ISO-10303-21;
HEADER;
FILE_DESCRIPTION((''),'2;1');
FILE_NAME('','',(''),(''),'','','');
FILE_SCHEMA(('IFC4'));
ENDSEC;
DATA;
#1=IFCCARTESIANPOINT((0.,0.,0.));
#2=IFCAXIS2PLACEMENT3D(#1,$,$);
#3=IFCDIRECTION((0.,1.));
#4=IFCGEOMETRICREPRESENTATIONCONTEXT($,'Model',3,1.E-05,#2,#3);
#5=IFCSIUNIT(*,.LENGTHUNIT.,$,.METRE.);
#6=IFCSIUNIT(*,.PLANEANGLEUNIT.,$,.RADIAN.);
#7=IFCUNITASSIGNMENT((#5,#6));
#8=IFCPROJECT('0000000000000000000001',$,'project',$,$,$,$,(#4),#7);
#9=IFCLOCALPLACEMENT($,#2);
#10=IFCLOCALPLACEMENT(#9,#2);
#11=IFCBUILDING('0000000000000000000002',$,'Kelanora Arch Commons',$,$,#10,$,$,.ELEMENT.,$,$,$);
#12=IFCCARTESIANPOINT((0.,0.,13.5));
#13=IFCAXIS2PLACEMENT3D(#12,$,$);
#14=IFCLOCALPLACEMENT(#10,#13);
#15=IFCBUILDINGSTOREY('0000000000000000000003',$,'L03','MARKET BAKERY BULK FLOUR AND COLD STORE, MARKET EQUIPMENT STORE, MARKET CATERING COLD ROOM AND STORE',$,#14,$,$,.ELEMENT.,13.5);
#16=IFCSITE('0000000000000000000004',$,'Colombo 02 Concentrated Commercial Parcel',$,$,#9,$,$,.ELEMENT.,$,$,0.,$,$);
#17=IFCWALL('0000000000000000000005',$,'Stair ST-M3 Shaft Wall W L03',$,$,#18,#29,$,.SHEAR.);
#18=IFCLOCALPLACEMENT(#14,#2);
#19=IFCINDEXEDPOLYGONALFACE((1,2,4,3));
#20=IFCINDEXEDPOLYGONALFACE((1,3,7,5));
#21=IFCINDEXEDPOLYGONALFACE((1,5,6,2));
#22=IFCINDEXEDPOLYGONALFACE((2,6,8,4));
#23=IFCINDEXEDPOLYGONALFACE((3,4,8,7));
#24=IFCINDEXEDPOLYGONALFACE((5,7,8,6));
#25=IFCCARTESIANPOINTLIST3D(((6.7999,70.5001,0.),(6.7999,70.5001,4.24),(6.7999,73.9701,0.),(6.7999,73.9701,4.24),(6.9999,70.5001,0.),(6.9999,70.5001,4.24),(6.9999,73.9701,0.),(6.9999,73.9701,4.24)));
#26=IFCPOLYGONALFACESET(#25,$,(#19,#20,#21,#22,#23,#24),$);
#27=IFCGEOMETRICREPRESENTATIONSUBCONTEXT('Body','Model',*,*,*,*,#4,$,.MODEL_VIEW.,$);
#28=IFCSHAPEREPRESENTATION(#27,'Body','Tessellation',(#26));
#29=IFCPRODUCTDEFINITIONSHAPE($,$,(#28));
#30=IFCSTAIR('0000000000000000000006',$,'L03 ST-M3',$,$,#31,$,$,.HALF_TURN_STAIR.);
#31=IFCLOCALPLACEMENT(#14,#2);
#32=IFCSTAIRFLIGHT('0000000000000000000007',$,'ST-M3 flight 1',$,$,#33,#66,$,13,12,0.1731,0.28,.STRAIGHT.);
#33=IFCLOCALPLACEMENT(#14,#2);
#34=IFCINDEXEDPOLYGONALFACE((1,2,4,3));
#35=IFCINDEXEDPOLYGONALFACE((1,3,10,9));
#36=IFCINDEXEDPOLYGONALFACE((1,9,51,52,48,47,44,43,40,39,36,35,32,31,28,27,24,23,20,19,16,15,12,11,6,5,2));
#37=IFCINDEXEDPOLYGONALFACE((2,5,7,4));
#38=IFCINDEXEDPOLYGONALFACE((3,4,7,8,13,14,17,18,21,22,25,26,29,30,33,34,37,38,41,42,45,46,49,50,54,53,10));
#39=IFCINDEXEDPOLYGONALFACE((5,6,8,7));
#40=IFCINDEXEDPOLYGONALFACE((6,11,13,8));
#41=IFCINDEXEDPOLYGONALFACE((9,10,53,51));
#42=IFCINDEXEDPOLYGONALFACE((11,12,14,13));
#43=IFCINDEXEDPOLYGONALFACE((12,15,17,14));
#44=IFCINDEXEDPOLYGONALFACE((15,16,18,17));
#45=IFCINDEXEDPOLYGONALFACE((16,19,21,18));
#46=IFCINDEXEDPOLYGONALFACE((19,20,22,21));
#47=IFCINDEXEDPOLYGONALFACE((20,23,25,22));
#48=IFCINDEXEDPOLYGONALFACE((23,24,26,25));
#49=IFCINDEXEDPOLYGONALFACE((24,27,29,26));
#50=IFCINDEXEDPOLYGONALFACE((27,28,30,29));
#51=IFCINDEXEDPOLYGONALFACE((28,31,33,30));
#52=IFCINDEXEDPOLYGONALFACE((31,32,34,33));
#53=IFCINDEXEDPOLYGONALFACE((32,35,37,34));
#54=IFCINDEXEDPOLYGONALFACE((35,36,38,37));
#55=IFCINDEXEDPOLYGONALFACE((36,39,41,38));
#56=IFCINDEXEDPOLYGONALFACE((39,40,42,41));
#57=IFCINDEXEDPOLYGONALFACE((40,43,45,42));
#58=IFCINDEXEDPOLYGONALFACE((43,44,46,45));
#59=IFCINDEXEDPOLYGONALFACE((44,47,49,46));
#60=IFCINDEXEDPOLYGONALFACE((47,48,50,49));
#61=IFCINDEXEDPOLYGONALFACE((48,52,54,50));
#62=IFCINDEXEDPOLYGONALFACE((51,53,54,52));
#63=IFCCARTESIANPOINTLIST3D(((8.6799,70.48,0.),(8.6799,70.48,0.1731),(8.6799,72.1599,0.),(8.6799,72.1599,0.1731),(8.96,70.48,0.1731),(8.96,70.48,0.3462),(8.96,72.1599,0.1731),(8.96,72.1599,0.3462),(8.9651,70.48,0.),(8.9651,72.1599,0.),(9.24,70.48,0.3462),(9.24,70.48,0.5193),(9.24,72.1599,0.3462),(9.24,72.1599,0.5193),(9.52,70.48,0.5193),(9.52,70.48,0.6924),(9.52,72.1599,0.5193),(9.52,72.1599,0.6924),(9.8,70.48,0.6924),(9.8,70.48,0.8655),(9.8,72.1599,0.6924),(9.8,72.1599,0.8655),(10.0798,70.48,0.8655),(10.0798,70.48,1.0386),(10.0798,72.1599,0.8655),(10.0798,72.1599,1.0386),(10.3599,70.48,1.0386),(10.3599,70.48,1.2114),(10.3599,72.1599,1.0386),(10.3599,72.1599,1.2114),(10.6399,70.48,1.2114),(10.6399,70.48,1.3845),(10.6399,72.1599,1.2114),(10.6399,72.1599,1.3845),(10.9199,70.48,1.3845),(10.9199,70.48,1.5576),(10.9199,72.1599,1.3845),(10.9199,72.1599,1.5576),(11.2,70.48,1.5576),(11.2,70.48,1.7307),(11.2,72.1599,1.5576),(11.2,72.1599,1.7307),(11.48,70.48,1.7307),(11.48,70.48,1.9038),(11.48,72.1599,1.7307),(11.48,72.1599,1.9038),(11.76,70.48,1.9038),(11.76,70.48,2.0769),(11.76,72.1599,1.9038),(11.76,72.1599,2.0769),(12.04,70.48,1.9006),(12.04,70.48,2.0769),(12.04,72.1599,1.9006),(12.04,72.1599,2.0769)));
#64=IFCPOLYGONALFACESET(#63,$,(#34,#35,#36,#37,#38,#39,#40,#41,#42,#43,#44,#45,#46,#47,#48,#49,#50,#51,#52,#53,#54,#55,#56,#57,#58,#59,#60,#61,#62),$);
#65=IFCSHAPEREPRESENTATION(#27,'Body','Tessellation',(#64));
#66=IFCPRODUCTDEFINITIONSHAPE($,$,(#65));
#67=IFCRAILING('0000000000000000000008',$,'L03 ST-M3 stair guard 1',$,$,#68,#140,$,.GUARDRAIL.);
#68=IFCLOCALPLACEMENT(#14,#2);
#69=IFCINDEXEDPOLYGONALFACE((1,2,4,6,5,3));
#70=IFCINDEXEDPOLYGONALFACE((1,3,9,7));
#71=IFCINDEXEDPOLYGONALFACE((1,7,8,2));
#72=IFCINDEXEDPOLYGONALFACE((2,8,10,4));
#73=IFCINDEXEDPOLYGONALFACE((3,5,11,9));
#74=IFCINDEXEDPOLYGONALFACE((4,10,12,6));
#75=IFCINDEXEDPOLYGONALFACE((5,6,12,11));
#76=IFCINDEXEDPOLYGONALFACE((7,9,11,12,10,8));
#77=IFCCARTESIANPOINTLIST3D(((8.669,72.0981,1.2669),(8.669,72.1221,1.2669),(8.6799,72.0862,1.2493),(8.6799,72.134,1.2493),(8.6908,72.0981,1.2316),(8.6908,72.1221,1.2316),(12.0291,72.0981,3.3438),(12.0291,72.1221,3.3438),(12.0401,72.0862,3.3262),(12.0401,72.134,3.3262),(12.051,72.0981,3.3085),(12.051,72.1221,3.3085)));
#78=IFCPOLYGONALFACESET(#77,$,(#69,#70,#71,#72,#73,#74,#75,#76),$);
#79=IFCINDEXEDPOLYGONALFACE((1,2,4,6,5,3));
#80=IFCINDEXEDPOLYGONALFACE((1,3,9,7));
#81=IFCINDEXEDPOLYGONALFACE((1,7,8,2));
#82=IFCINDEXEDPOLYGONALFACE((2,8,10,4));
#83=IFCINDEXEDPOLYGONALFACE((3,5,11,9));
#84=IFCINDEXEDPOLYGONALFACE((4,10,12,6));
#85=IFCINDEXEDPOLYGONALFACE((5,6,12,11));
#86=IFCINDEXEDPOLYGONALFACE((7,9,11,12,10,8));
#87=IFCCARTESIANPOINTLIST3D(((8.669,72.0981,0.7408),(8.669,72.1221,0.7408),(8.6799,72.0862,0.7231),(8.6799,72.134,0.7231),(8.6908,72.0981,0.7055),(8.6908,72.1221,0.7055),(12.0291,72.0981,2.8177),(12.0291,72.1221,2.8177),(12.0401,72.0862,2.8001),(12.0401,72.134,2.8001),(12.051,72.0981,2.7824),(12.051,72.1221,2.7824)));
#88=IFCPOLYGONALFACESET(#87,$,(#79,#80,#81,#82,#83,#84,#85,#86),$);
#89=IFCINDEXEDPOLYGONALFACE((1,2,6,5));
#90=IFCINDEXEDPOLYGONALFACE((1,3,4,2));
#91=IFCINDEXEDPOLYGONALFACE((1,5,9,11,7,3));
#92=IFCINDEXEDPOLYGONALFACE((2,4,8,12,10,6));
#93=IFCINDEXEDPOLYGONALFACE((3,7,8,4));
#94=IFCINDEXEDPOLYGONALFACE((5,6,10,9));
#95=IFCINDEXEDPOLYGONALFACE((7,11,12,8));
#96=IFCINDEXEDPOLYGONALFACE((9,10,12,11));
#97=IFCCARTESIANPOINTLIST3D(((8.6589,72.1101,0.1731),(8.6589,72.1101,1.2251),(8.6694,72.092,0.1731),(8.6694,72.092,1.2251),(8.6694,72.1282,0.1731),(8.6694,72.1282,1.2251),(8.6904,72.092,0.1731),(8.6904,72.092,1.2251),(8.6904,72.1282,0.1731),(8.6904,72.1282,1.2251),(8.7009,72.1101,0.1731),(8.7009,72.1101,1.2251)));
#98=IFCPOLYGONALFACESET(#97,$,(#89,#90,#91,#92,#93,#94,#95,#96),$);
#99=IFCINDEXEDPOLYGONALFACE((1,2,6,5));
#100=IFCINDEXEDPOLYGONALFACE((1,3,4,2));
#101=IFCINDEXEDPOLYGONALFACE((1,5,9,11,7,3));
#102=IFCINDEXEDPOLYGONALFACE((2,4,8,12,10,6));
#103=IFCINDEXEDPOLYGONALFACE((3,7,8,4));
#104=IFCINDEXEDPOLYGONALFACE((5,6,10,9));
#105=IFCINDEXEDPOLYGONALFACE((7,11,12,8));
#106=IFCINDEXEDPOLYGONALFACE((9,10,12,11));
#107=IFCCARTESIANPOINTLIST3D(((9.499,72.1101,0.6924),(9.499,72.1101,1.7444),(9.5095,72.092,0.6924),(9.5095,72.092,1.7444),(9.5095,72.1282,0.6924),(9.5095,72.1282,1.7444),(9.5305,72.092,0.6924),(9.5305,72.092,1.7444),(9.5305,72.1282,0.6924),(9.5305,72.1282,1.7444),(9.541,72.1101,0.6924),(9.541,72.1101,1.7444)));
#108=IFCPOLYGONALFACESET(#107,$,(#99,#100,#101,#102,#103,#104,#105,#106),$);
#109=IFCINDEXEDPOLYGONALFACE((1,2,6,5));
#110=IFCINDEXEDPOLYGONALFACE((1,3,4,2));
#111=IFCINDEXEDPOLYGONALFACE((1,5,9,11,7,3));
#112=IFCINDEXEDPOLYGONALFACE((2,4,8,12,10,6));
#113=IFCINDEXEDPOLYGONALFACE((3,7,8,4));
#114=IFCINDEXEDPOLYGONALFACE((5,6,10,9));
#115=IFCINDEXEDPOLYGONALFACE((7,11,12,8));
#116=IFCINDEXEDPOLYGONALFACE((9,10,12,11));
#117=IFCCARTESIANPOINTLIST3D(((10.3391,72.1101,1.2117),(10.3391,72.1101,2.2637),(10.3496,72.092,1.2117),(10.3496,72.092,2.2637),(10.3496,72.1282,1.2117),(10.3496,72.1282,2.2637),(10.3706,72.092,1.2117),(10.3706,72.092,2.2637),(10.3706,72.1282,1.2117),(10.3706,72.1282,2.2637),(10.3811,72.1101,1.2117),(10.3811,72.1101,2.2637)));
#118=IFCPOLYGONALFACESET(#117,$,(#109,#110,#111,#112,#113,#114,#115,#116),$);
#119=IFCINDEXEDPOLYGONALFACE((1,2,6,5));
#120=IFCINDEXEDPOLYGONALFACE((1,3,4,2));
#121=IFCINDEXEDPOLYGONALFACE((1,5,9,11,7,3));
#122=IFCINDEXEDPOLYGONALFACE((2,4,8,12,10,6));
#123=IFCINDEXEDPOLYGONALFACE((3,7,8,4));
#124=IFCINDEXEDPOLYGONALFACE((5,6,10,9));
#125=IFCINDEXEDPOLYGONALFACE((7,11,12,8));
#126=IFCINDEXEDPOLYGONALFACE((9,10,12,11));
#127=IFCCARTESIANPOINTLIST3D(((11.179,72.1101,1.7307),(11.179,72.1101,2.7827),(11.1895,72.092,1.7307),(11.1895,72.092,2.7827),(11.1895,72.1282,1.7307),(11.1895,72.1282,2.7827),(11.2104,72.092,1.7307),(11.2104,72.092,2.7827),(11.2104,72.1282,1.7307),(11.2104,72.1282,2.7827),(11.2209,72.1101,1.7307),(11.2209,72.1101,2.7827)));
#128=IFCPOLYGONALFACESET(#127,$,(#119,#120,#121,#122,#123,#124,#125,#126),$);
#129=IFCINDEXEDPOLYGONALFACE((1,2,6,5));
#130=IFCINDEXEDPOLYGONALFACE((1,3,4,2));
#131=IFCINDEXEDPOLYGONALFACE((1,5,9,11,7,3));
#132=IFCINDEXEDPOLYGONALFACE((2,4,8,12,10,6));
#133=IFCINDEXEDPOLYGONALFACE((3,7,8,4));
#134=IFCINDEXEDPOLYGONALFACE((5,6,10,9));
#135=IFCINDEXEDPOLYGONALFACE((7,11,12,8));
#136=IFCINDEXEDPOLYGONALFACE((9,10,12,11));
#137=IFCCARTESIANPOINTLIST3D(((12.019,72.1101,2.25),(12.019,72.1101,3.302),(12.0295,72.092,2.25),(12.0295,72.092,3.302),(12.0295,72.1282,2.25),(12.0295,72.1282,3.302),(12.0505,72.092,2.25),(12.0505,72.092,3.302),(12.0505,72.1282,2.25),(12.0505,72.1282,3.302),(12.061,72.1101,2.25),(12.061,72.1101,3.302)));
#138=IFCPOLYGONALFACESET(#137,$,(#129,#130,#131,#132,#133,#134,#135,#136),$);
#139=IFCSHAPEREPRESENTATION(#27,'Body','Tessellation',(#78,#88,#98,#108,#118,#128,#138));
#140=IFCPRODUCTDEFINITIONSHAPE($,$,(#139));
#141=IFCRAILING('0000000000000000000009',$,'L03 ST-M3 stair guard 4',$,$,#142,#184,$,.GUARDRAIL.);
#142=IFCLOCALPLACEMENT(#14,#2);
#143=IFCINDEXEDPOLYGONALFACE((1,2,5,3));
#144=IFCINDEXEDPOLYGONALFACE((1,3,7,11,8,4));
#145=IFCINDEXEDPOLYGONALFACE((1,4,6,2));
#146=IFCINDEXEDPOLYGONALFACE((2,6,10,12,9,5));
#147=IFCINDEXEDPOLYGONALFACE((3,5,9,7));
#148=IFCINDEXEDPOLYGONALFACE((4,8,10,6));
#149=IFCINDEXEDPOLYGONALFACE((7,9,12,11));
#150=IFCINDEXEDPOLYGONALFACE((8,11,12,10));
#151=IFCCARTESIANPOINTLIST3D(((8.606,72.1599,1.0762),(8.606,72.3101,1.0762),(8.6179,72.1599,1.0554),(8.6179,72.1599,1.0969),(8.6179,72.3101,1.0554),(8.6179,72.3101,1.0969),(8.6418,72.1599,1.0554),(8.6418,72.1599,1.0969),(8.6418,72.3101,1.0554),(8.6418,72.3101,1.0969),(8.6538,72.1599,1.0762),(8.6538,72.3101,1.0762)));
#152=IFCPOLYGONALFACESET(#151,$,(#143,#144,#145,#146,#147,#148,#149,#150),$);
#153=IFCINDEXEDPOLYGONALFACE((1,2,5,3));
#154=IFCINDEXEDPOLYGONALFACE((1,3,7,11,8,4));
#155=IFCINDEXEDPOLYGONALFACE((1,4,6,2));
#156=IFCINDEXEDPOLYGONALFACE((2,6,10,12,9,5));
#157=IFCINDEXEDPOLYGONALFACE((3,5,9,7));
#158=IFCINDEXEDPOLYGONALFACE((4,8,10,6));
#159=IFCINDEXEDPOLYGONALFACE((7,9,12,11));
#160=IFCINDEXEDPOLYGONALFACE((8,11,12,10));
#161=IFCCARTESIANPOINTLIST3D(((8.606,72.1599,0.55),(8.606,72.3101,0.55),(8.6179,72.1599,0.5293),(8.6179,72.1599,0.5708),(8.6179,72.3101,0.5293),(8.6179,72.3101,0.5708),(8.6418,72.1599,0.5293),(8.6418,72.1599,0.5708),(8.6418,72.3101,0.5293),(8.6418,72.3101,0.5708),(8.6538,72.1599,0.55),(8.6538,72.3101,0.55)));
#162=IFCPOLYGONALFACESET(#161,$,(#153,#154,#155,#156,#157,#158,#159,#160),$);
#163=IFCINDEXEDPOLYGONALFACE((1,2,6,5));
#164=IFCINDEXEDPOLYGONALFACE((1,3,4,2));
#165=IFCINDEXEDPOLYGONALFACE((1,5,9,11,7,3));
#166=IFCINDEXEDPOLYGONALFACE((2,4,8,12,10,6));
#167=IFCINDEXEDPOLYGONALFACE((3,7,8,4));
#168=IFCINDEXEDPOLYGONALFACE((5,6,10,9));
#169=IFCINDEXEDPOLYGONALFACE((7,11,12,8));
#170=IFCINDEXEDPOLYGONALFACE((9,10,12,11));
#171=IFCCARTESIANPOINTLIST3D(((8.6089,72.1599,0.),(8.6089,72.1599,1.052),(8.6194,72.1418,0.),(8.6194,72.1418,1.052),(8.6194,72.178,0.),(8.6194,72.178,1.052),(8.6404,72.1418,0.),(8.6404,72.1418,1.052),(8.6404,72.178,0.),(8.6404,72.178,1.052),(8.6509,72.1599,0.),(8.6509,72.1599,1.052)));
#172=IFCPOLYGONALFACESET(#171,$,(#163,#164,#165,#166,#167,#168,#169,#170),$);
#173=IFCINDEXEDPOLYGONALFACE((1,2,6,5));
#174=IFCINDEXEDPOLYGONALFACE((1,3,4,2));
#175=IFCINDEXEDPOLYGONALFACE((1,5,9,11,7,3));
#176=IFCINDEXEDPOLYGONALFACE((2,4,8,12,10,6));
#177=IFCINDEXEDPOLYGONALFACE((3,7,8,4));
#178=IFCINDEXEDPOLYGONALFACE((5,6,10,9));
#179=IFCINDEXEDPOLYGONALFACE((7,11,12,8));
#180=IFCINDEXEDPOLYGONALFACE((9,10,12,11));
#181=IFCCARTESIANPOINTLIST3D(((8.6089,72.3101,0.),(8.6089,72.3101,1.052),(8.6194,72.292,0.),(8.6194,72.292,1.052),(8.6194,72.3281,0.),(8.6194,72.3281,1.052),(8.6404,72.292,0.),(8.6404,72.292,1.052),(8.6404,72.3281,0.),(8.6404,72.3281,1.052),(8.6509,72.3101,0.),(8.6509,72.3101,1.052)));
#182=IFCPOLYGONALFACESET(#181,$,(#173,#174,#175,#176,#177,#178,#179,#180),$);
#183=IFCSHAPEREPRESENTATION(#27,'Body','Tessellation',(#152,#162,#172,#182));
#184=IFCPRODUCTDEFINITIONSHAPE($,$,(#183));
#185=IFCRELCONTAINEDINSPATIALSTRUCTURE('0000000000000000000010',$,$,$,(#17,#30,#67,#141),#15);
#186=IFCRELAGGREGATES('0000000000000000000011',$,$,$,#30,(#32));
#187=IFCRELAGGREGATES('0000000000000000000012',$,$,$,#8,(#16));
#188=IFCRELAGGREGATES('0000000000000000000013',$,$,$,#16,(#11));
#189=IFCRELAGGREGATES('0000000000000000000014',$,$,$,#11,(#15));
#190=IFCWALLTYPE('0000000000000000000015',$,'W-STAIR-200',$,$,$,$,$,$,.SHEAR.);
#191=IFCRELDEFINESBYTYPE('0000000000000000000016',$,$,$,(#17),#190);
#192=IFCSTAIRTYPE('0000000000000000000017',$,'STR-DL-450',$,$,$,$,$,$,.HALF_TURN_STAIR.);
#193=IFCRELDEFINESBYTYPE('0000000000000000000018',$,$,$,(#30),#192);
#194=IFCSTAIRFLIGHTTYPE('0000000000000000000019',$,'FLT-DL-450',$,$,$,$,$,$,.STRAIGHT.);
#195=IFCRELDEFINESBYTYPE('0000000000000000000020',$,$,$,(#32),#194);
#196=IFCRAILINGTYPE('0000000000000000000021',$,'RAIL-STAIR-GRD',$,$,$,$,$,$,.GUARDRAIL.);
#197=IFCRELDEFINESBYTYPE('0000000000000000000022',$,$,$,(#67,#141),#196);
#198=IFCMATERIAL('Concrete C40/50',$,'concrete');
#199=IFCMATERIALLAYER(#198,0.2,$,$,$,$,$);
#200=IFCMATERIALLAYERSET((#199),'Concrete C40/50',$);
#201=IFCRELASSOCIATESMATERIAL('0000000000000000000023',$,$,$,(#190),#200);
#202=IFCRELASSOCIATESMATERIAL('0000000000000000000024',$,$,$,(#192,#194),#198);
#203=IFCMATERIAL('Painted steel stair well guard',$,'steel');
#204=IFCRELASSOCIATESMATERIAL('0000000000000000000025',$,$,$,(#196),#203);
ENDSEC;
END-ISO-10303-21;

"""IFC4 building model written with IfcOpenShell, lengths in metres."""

from ifc_helpers import new_model, si_unit, direction, frame, frame_2d, origin, place, context, subcontext, project, spatial, polyline, rectangle, outline, extrude, material, layer, layer_set, type_object, element, aggregate, save


model = new_model("IFC4")

# Units and contexts
model_context = context("Model", 3, precision=1e-05, world=origin(), true_north=direction((0.0, 1.0)))
body_context = subcontext(model_context, "Body", "Model", "MODEL_VIEW")
ifc_project = project(units=[si_unit("LENGTHUNIT", "METRE"), si_unit("PLANEANGLEUNIT", "RADIAN")], contexts=[model_context])

# Site, building, storey
site_placement = place(None, origin())
site = spatial("IfcSite", under=ifc_project, at=site_placement, Name="Colombo 02 Concentrated Commercial Parcel", CompositionType="ELEMENT", RefElevation=0.0)
building_placement = place(site_placement, origin())
building = spatial("IfcBuilding", under=site, at=building_placement, Name="Kelanora Arch Commons", CompositionType="ELEMENT")
storey_placement = place(building_placement, frame((0.0, 0.0, 13.5)))
storey = spatial("IfcBuildingStorey", under=building, at=storey_placement, Name="L03", Description="MARKET BAKERY BULK FLOUR AND COLD STORE, MARKET EQUIPMENT STORE, MARKET CATERING COLD ROOM AND STORE", CompositionType="ELEMENT", Elevation=13.5)

# Shared definitions
ifc_material_1 = material(Name="Concrete C40/50", Category="concrete")

# Shared definitions
ifc_layer_1 = layer(ifc_material_1, 0.2)
ifc_layer_set_1 = layer_set([ifc_layer_1], Name="Concrete C40/50")
wall_type_1 = type_object("IfcWallType", Name="W-STAIR-200", PredefinedType="SHEAR", material=ifc_layer_set_1)

# Wall
wall_1_placement = place(storey_placement, frame((6.8999, 73.97, 0.0), z_axis=(0.0, 0.0, 1.0), x_axis=(0.0, -1.0, 0.0)))
element("IfcWall", 1, at=wall_1_placement, inside=storey, type_object=wall_type_1, Name="Stair ST-M3 Shaft Wall W L03", PredefinedType="SHEAR", context=body_context, shape_type="SweptSolid", body=[
    extrude(rectangle(XDim=3.47, YDim=0.2, at=frame_2d((1.7349, 0.0))), origin(), (0.0, 0.0, 1.0), 4.24),
])

# Stair, stair flight
stair_type = type_object("IfcStairType", Name="STR-DL-450", PredefinedType="HALF_TURN_STAIR", material=ifc_material_1)
stair_placement = place(storey_placement, origin())
stair = element("IfcStair", 2, at=stair_placement, inside=storey, type_object=stair_type, Name="L03 ST-M3", PredefinedType="HALF_TURN_STAIR")
stair_flight_type = type_object("IfcStairFlightType", Name="FLT-DL-450", PredefinedType="STRAIGHT", material=ifc_material_1)
stair_flight_placement = place(storey_placement, frame((8.6799, 71.3201, 0.0), z_axis=(0.0, 0.0, 1.0), x_axis=(1.0, 0.0, 0.0)))
stair_flight = element("IfcStairFlight", 3, at=stair_flight_placement, type_object=stair_flight_type, Name="ST-M3 flight 1", NumberOfRisers=13, NumberOfTreads=12, PredefinedType="STRAIGHT", RiserHeight=0.1731, TreadLength=0.28, context=body_context, shape_type="SweptSolid", body=[
    extrude(outline(polyline([(0.0, 0.0), (0.0, 0.1731), (0.28, 0.1731), (0.28, 0.3462), (0.5601, 0.3462), (0.5601, 0.5193), (0.8401, 0.5193), (0.8401, 0.6924), (1.1201, 0.6924), (1.1201, 0.8655), (1.3999, 0.8655), (1.3999, 1.0386), (1.6799, 1.0386), (1.6799, 1.2114), (1.96, 1.2114), (1.96, 1.3845), (2.24, 1.3845), (2.24, 1.5576), (2.52, 1.5576), (2.52, 1.7307), (2.8, 1.7307), (2.8, 1.9038), (3.0801, 1.9038), (3.0801, 2.0769), (3.3601, 2.0769), (3.3601, 2.25), (3.3601, 1.9006), (0.2852, 0.0), (0.0, 0.0)])), frame((0.0, 0.8398, 0.0), z_axis=(0.0, -1.0, 0.0), x_axis=(1.0, 0.0, 0.0)), (0.0, 0.0, 1.0), 1.6799),
])
aggregate(stair, [stair_flight])

# Railings
ifc_material_2 = material(Name="Painted steel stair well guard", Category="steel")
railing_type_1 = type_object("IfcRailingType", Name="RAIL-STAIR-GRD", PredefinedType="GUARDRAIL", material=ifc_material_2)
railing_1_placement = place(storey_placement, frame((8.6799, 72.1101, 0.1731)))
element("IfcRailing", 4, at=railing_1_placement, inside=storey, type_object=railing_type_1, Name="L03 ST-M3 stair guard 1", PredefinedType="GUARDRAIL", context=body_context, shape_type="SweptSolid", body=[
    extrude(outline(polyline([(0.0239, 0.0), (0.012, 0.0208), (-0.012, 0.0208), (-0.0239, 0.0), (-0.012, -0.0208), (0.012, -0.0208), (0.0239, 0.0)])), frame((0.0, 0.0, 1.0762), z_axis=(0.850623, 0.0, 0.525776), x_axis=(0.0, 1.0, 0.0)), (0.0, 0.0, 1.0), 3.9502),
    extrude(outline(polyline([(0.0239, 0.0), (0.012, 0.0208), (-0.012, 0.0208), (-0.0239, 0.0), (-0.012, -0.0208), (0.012, -0.0208), (0.0239, 0.0)])), frame((0.0, 0.0, 0.55), z_axis=(0.850623, 0.0, 0.525776), x_axis=(0.0, 1.0, 0.0)), (0.0, 0.0, 1.0), 3.9502),
    extrude(outline(polyline([(0.021, 0.0), (0.0105, 0.0181), (-0.0105, 0.0181), (-0.021, 0.0), (-0.0105, -0.0181), (0.0105, -0.0181), (0.021, 0.0)])), origin(), (0.0, 0.0, 1.0), 1.052),
    extrude(outline(polyline([(0.021, 0.0), (0.0105, 0.0181), (-0.0105, 0.0181), (-0.021, 0.0), (-0.0105, -0.0181), (0.0105, -0.0181), (0.021, 0.0)])), frame((0.8401, 0.0, 0.5193)), (0.0, 0.0, 1.0), 1.052),
    extrude(outline(polyline([(0.021, 0.0), (0.0105, 0.0181), (-0.0105, 0.0181), (-0.021, 0.0), (-0.0105, -0.0181), (0.0105, -0.0181), (0.021, 0.0)])), frame((1.6802, 0.0, 1.0386)), (0.0, 0.0, 1.0), 1.052),
    extrude(outline(polyline([(0.021, 0.0), (0.0105, 0.0181), (-0.0105, 0.0181), (-0.021, 0.0), (-0.0105, -0.0181), (0.0105, -0.0181), (0.021, 0.0)])), frame((2.52, 0.0, 1.5576)), (0.0, 0.0, 1.0), 1.052),
    extrude(outline(polyline([(0.021, 0.0), (0.0105, 0.0181), (-0.0105, 0.0181), (-0.021, 0.0), (-0.0105, -0.0181), (0.0105, -0.0181), (0.021, 0.0)])), frame((3.3601, 0.0, 2.0769)), (0.0, 0.0, 1.0), 1.052),
])
railing_2_placement = place(storey_placement, frame((8.6299, 72.1599, 0.0)))
element("IfcRailing", 5, at=railing_2_placement, inside=storey, type_object=railing_type_1, Name="L03 ST-M3 stair guard 4", PredefinedType="GUARDRAIL", context=body_context, shape_type="SweptSolid", body=[
    extrude(outline(polyline([(0.0239, 0.0), (0.012, 0.0208), (-0.012, 0.0208), (-0.0239, 0.0), (-0.012, -0.0208), (0.012, -0.0208), (0.0239, 0.0)])), frame((0.0, 0.0, 1.0762), z_axis=(0.0, 1.0, 0.0), x_axis=(-1.0, 0.0, 0.0)), (0.0, 0.0, 1.0), 0.1501),
    extrude(outline(polyline([(0.0239, 0.0), (0.012, 0.0208), (-0.012, 0.0208), (-0.0239, 0.0), (-0.012, -0.0208), (0.012, -0.0208), (0.0239, 0.0)])), frame((0.0, 0.0, 0.55), z_axis=(0.0, 1.0, 0.0), x_axis=(-1.0, 0.0, 0.0)), (0.0, 0.0, 1.0), 0.1501),
    extrude(outline(polyline([(0.021, 0.0), (0.0105, 0.0181), (-0.0105, 0.0181), (-0.021, 0.0), (-0.0105, -0.0181), (0.0105, -0.0181), (0.021, 0.0)])), origin(), (0.0, 0.0, 1.0), 1.052),
    extrude(outline(polyline([(0.021, 0.0), (0.0105, 0.0181), (-0.0105, 0.0181), (-0.021, 0.0), (-0.0105, -0.0181), (0.0105, -0.0181), (0.021, 0.0)])), frame((0.0, 0.1501, 0.0)), (0.0, 0.0, 1.0), 1.052),
])

save(model, "model.ifc")
